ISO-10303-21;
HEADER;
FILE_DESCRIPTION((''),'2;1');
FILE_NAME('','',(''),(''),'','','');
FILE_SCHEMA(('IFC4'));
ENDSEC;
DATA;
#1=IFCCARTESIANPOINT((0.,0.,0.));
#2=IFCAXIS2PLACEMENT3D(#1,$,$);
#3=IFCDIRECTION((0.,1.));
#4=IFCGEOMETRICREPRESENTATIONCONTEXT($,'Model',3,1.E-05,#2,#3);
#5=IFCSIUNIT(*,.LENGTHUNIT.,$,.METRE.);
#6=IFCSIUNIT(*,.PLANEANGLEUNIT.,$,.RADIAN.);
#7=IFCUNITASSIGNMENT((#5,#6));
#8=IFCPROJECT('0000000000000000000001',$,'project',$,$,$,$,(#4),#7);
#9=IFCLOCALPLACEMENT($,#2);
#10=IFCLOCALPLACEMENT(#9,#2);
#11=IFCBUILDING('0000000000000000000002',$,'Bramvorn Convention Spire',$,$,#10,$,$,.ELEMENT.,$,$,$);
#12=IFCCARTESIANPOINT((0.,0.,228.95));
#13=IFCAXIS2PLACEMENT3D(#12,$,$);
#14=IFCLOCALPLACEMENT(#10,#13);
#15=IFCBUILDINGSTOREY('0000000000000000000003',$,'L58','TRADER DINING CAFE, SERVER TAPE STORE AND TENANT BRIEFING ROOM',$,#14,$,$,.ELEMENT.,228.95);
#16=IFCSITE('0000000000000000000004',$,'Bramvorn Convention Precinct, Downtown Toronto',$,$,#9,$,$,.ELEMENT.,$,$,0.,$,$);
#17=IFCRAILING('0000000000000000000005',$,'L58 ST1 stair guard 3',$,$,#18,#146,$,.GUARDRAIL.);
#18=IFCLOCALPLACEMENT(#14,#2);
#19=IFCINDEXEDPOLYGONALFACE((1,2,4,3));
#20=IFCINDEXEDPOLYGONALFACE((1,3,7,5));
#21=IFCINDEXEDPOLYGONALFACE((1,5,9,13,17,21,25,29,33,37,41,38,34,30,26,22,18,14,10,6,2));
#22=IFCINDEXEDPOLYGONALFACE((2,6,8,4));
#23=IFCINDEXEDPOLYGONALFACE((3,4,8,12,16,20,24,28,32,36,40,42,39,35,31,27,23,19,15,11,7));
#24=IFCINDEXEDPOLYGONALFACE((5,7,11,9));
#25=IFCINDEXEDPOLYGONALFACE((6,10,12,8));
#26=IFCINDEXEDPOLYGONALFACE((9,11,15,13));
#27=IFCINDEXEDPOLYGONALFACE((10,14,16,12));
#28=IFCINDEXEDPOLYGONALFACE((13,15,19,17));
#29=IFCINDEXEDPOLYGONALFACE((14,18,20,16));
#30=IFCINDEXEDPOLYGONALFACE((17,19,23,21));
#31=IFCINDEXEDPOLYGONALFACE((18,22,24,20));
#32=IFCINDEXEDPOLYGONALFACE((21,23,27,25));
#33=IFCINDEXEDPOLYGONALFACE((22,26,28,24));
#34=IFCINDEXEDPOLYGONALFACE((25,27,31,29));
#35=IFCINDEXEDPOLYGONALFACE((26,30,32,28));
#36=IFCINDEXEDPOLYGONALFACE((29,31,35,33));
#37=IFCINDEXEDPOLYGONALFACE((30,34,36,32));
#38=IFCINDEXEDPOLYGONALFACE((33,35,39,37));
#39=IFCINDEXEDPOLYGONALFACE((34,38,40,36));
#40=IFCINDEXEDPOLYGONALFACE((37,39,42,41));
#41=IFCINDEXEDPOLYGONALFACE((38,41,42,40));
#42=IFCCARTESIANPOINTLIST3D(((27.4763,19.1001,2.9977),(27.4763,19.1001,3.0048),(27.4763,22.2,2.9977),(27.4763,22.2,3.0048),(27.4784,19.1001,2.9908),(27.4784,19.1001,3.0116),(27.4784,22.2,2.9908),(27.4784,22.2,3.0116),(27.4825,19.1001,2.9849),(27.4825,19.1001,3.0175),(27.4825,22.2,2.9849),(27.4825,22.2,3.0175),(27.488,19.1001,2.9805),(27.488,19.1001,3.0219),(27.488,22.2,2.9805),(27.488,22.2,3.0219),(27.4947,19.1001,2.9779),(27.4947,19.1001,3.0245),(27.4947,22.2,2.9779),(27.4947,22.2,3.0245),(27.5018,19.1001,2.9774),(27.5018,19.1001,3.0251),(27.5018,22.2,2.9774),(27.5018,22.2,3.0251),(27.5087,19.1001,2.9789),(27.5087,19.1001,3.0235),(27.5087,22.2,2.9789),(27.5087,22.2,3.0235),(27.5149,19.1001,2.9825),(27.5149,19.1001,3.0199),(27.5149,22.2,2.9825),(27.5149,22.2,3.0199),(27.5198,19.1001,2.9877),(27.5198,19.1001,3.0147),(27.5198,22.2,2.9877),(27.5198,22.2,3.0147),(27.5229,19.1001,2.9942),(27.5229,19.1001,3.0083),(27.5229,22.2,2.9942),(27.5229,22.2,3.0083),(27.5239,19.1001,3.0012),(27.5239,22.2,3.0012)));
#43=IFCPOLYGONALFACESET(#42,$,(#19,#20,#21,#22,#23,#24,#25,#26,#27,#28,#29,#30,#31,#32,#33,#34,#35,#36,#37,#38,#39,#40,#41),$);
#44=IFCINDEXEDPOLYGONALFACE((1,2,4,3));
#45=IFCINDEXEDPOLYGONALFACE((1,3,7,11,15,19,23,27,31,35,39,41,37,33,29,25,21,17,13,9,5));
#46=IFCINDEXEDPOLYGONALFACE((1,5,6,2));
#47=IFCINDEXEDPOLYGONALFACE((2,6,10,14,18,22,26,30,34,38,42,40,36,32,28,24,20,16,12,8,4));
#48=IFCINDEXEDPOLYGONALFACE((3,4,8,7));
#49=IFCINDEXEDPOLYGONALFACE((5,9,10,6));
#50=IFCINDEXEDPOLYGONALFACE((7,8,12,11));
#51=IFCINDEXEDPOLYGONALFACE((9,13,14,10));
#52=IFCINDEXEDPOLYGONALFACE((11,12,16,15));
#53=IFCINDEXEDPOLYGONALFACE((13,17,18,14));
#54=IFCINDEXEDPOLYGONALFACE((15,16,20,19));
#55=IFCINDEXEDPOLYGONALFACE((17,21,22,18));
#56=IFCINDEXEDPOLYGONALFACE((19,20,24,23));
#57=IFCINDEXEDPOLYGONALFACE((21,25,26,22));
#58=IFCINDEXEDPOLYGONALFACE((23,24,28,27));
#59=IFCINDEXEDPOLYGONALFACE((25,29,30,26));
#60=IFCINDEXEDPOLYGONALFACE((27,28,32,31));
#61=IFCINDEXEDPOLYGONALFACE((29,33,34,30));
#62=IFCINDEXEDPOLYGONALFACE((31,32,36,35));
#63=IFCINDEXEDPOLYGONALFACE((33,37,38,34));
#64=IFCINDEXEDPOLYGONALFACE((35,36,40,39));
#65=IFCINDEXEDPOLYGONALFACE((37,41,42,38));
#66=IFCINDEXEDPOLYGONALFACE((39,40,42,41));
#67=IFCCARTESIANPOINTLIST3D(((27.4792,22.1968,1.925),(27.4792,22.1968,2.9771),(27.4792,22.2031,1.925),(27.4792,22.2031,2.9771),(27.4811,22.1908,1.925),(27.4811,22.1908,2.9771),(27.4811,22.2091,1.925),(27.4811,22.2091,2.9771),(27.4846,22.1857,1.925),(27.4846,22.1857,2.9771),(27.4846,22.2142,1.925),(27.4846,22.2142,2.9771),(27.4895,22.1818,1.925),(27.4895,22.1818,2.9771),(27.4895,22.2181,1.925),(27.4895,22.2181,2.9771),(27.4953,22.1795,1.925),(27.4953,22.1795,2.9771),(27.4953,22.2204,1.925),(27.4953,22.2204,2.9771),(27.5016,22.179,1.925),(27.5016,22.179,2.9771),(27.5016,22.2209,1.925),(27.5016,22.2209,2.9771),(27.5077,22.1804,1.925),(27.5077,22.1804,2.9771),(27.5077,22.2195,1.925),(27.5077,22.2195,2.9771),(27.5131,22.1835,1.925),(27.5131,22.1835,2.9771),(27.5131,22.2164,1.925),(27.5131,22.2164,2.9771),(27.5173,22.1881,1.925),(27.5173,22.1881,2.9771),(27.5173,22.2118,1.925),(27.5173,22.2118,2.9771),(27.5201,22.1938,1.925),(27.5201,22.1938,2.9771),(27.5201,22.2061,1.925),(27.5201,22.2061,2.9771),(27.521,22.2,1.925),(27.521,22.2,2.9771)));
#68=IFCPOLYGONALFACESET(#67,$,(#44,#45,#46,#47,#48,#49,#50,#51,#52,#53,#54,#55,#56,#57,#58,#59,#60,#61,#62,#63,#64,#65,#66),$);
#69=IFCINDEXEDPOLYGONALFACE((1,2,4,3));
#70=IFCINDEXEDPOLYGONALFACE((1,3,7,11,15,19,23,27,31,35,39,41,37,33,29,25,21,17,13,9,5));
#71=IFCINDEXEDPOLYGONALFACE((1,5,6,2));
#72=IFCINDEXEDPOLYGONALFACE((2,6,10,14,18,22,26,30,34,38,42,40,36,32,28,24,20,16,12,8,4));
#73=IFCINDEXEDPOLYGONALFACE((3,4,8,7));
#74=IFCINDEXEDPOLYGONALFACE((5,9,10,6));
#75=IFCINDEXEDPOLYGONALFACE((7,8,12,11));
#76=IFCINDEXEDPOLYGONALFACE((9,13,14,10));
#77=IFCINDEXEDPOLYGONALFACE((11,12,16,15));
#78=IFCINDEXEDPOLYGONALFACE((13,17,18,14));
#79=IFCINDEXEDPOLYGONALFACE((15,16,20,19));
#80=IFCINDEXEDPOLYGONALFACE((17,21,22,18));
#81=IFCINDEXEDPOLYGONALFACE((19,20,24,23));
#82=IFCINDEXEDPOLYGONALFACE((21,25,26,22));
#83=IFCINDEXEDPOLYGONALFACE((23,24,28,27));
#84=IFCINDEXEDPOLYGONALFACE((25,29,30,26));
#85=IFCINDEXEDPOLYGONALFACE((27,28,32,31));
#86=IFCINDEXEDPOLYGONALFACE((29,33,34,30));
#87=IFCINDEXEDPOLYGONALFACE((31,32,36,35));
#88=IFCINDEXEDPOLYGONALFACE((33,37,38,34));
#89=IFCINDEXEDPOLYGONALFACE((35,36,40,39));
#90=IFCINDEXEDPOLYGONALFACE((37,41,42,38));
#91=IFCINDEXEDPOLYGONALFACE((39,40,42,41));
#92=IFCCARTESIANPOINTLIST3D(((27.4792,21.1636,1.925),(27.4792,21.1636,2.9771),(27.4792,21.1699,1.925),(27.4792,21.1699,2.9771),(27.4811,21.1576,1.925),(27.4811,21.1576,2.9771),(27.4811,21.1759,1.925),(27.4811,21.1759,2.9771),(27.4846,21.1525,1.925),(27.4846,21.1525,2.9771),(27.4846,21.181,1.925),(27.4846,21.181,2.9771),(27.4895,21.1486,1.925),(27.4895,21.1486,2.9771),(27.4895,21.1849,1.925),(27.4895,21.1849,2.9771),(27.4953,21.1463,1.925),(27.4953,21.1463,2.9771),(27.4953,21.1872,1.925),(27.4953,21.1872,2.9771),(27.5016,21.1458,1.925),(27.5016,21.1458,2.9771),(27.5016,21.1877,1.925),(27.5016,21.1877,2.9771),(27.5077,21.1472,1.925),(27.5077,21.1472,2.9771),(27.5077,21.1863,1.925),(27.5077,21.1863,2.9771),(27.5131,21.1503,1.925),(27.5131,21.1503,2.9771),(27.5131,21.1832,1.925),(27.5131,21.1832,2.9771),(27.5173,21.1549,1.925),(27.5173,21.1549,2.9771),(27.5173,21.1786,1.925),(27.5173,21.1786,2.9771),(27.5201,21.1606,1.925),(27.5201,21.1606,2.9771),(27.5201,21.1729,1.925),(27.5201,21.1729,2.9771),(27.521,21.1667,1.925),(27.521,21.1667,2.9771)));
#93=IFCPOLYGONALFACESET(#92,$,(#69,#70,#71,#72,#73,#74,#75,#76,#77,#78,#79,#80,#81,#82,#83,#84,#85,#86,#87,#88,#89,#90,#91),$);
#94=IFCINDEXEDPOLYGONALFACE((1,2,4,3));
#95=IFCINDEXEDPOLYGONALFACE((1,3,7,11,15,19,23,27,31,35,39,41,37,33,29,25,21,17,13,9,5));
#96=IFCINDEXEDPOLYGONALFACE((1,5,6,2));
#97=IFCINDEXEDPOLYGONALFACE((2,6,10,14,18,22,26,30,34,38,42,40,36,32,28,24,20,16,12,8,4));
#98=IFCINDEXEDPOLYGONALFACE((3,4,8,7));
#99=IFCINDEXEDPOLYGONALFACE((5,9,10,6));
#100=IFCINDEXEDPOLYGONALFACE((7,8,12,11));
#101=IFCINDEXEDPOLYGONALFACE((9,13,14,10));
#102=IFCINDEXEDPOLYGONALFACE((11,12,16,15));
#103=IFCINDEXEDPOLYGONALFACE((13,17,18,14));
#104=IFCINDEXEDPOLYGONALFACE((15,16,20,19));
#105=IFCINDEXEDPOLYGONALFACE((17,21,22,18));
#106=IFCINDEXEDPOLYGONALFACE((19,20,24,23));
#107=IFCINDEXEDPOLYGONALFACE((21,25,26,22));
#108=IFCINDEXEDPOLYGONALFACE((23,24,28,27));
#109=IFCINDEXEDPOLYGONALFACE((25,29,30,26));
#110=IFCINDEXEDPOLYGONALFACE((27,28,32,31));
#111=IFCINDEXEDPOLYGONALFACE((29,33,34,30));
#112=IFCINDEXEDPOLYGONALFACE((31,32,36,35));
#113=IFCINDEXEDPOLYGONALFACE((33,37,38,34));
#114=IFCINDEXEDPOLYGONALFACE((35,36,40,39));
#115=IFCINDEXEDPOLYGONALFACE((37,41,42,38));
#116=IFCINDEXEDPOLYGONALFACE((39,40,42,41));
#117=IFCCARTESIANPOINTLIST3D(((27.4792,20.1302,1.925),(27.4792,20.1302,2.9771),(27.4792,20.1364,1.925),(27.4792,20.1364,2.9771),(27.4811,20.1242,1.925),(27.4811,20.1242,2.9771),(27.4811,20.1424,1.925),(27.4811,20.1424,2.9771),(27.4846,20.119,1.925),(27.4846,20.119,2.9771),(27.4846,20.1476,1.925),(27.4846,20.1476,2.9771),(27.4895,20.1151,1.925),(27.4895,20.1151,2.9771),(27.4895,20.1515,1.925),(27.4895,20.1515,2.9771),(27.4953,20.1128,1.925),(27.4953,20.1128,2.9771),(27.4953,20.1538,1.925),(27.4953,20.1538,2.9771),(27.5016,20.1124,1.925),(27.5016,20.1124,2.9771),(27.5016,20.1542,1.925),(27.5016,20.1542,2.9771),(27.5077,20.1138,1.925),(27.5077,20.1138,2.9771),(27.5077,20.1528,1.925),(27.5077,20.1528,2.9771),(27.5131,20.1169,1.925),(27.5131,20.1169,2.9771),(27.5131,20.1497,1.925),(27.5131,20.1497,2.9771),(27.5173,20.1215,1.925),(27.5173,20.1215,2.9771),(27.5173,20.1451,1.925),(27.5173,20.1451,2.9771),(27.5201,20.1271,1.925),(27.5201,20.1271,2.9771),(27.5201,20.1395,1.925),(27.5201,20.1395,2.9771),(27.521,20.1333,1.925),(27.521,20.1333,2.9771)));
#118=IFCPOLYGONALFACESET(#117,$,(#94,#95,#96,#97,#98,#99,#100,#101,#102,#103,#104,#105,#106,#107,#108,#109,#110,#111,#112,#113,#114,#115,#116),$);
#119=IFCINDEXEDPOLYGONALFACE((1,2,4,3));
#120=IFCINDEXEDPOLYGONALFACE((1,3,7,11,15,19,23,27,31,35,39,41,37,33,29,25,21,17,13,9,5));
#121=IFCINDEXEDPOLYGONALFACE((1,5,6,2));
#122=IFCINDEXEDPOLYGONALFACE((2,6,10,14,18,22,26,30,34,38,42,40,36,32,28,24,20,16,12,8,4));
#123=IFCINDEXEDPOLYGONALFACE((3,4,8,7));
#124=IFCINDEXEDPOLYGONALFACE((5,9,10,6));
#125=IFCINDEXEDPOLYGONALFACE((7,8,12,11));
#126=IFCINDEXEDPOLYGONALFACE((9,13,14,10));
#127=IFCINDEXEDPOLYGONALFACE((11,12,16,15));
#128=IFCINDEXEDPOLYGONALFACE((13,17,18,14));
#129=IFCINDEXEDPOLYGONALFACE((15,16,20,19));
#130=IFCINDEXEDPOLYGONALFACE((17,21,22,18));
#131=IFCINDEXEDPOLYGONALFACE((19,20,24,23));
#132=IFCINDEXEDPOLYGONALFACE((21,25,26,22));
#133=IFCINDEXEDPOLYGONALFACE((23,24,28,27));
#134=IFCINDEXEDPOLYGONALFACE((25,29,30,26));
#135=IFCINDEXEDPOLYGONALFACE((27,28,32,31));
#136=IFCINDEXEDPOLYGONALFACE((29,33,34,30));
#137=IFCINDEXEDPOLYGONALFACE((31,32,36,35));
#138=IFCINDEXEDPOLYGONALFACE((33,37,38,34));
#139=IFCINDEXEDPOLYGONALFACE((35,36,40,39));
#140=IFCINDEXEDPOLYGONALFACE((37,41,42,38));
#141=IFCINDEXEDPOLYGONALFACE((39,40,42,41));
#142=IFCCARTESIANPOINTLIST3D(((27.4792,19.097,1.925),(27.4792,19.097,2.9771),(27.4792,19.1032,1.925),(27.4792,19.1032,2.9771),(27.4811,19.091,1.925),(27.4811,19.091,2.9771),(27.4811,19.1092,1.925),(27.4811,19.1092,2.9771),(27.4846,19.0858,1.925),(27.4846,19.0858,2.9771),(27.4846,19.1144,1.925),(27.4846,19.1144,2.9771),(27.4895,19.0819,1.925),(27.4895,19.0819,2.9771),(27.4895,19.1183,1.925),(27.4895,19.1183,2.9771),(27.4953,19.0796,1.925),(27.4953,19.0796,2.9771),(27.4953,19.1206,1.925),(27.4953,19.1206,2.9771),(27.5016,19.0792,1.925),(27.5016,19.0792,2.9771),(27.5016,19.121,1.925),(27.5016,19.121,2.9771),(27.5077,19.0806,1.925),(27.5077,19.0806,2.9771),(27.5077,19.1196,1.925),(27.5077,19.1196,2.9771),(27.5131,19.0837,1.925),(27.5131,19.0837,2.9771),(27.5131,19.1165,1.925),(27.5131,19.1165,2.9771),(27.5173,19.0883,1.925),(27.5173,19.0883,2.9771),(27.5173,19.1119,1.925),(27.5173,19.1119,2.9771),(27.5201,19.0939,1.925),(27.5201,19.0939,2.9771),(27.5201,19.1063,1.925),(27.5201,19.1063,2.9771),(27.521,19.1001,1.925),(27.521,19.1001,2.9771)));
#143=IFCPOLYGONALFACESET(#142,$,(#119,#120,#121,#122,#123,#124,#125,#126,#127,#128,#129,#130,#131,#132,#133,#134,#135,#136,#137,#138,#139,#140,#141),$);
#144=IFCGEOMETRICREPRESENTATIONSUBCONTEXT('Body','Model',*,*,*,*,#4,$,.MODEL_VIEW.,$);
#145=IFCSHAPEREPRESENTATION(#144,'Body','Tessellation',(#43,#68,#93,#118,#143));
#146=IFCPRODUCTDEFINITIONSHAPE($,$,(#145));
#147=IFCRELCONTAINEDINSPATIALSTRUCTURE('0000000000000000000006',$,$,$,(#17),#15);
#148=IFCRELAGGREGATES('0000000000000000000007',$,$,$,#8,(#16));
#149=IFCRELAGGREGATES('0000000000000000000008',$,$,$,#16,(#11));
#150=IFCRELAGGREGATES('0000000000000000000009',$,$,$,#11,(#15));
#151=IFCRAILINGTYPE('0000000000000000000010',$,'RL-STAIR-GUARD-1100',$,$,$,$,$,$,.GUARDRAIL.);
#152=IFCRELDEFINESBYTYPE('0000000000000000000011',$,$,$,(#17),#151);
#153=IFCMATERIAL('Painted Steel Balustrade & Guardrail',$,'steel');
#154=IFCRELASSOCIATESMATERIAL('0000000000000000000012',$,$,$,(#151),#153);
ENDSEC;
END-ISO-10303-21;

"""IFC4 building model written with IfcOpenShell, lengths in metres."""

from ifc_helpers import new_model, si_unit, direction, frame, origin, origin_2d, place, context, subcontext, project, spatial, circle, extrude, material, type_object, element, save


model = new_model("IFC4")

# Units and contexts
model_context = context("Model", 3, precision=1e-05, world=origin(), true_north=direction((0.0, 1.0)))
body_context = subcontext(model_context, "Body", "Model", "MODEL_VIEW")
ifc_project = project(units=[si_unit("LENGTHUNIT", "METRE"), si_unit("PLANEANGLEUNIT", "RADIAN")], contexts=[model_context])

# Site, building, storey
site_placement = place(None, origin())
site = spatial("IfcSite", under=ifc_project, at=site_placement, Name="Bramvorn Convention Precinct, Downtown Toronto", CompositionType="ELEMENT", RefElevation=0.0)
building_placement = place(site_placement, origin())
building = spatial("IfcBuilding", under=site, at=building_placement, Name="Bramvorn Convention Spire", CompositionType="ELEMENT")
storey_placement = place(building_placement, frame((0.0, 0.0, 228.95)))
storey = spatial("IfcBuildingStorey", under=building, at=storey_placement, Name="L58", Description="TRADER DINING CAFE, SERVER TAPE STORE AND TENANT BRIEFING ROOM", CompositionType="ELEMENT", Elevation=228.95)

# Railing
ifc_material_1 = material(Name="Painted Steel Balustrade & Guardrail", Category="steel")
railing_type_1 = type_object("IfcRailingType", Name="RL-STAIR-GUARD-1100", PredefinedType="GUARDRAIL", material=ifc_material_1)
for number, where, name in (
    (1, (27.5, 22.2, 1.925), "L58 ST1 stair guard 3"),
):
    element("IfcRailing", number, at=place(storey_placement, frame(where)), inside=storey, type_object=railing_type_1, Name=name, PredefinedType="GUARDRAIL", context=body_context, shape_type="SweptSolid", body=[
        extrude(circle(Radius=0.0239, at=origin_2d()), frame((0.0, 0.0, 1.0762), z_axis=(0.0, -1.0, 0.0), x_axis=(1.0, 0.0, 0.0)), (0.0, 0.0, 1.0), 3.0999),
        extrude(circle(Radius=0.021, at=origin_2d()), origin(), (0.0, 0.0, 1.0), 1.052),
        extrude(circle(Radius=0.021, at=origin_2d()), frame((0.0, -1.0332, 0.0)), (0.0, 0.0, 1.0), 1.052),
        extrude(circle(Radius=0.021, at=origin_2d()), frame((0.0, -2.0667, 0.0)), (0.0, 0.0, 1.0), 1.052),
        extrude(circle(Radius=0.021, at=origin_2d()), frame((0.0, -3.0999, 0.0)), (0.0, 0.0, 1.0), 1.052),
    ])

save(model, "model.ifc")
